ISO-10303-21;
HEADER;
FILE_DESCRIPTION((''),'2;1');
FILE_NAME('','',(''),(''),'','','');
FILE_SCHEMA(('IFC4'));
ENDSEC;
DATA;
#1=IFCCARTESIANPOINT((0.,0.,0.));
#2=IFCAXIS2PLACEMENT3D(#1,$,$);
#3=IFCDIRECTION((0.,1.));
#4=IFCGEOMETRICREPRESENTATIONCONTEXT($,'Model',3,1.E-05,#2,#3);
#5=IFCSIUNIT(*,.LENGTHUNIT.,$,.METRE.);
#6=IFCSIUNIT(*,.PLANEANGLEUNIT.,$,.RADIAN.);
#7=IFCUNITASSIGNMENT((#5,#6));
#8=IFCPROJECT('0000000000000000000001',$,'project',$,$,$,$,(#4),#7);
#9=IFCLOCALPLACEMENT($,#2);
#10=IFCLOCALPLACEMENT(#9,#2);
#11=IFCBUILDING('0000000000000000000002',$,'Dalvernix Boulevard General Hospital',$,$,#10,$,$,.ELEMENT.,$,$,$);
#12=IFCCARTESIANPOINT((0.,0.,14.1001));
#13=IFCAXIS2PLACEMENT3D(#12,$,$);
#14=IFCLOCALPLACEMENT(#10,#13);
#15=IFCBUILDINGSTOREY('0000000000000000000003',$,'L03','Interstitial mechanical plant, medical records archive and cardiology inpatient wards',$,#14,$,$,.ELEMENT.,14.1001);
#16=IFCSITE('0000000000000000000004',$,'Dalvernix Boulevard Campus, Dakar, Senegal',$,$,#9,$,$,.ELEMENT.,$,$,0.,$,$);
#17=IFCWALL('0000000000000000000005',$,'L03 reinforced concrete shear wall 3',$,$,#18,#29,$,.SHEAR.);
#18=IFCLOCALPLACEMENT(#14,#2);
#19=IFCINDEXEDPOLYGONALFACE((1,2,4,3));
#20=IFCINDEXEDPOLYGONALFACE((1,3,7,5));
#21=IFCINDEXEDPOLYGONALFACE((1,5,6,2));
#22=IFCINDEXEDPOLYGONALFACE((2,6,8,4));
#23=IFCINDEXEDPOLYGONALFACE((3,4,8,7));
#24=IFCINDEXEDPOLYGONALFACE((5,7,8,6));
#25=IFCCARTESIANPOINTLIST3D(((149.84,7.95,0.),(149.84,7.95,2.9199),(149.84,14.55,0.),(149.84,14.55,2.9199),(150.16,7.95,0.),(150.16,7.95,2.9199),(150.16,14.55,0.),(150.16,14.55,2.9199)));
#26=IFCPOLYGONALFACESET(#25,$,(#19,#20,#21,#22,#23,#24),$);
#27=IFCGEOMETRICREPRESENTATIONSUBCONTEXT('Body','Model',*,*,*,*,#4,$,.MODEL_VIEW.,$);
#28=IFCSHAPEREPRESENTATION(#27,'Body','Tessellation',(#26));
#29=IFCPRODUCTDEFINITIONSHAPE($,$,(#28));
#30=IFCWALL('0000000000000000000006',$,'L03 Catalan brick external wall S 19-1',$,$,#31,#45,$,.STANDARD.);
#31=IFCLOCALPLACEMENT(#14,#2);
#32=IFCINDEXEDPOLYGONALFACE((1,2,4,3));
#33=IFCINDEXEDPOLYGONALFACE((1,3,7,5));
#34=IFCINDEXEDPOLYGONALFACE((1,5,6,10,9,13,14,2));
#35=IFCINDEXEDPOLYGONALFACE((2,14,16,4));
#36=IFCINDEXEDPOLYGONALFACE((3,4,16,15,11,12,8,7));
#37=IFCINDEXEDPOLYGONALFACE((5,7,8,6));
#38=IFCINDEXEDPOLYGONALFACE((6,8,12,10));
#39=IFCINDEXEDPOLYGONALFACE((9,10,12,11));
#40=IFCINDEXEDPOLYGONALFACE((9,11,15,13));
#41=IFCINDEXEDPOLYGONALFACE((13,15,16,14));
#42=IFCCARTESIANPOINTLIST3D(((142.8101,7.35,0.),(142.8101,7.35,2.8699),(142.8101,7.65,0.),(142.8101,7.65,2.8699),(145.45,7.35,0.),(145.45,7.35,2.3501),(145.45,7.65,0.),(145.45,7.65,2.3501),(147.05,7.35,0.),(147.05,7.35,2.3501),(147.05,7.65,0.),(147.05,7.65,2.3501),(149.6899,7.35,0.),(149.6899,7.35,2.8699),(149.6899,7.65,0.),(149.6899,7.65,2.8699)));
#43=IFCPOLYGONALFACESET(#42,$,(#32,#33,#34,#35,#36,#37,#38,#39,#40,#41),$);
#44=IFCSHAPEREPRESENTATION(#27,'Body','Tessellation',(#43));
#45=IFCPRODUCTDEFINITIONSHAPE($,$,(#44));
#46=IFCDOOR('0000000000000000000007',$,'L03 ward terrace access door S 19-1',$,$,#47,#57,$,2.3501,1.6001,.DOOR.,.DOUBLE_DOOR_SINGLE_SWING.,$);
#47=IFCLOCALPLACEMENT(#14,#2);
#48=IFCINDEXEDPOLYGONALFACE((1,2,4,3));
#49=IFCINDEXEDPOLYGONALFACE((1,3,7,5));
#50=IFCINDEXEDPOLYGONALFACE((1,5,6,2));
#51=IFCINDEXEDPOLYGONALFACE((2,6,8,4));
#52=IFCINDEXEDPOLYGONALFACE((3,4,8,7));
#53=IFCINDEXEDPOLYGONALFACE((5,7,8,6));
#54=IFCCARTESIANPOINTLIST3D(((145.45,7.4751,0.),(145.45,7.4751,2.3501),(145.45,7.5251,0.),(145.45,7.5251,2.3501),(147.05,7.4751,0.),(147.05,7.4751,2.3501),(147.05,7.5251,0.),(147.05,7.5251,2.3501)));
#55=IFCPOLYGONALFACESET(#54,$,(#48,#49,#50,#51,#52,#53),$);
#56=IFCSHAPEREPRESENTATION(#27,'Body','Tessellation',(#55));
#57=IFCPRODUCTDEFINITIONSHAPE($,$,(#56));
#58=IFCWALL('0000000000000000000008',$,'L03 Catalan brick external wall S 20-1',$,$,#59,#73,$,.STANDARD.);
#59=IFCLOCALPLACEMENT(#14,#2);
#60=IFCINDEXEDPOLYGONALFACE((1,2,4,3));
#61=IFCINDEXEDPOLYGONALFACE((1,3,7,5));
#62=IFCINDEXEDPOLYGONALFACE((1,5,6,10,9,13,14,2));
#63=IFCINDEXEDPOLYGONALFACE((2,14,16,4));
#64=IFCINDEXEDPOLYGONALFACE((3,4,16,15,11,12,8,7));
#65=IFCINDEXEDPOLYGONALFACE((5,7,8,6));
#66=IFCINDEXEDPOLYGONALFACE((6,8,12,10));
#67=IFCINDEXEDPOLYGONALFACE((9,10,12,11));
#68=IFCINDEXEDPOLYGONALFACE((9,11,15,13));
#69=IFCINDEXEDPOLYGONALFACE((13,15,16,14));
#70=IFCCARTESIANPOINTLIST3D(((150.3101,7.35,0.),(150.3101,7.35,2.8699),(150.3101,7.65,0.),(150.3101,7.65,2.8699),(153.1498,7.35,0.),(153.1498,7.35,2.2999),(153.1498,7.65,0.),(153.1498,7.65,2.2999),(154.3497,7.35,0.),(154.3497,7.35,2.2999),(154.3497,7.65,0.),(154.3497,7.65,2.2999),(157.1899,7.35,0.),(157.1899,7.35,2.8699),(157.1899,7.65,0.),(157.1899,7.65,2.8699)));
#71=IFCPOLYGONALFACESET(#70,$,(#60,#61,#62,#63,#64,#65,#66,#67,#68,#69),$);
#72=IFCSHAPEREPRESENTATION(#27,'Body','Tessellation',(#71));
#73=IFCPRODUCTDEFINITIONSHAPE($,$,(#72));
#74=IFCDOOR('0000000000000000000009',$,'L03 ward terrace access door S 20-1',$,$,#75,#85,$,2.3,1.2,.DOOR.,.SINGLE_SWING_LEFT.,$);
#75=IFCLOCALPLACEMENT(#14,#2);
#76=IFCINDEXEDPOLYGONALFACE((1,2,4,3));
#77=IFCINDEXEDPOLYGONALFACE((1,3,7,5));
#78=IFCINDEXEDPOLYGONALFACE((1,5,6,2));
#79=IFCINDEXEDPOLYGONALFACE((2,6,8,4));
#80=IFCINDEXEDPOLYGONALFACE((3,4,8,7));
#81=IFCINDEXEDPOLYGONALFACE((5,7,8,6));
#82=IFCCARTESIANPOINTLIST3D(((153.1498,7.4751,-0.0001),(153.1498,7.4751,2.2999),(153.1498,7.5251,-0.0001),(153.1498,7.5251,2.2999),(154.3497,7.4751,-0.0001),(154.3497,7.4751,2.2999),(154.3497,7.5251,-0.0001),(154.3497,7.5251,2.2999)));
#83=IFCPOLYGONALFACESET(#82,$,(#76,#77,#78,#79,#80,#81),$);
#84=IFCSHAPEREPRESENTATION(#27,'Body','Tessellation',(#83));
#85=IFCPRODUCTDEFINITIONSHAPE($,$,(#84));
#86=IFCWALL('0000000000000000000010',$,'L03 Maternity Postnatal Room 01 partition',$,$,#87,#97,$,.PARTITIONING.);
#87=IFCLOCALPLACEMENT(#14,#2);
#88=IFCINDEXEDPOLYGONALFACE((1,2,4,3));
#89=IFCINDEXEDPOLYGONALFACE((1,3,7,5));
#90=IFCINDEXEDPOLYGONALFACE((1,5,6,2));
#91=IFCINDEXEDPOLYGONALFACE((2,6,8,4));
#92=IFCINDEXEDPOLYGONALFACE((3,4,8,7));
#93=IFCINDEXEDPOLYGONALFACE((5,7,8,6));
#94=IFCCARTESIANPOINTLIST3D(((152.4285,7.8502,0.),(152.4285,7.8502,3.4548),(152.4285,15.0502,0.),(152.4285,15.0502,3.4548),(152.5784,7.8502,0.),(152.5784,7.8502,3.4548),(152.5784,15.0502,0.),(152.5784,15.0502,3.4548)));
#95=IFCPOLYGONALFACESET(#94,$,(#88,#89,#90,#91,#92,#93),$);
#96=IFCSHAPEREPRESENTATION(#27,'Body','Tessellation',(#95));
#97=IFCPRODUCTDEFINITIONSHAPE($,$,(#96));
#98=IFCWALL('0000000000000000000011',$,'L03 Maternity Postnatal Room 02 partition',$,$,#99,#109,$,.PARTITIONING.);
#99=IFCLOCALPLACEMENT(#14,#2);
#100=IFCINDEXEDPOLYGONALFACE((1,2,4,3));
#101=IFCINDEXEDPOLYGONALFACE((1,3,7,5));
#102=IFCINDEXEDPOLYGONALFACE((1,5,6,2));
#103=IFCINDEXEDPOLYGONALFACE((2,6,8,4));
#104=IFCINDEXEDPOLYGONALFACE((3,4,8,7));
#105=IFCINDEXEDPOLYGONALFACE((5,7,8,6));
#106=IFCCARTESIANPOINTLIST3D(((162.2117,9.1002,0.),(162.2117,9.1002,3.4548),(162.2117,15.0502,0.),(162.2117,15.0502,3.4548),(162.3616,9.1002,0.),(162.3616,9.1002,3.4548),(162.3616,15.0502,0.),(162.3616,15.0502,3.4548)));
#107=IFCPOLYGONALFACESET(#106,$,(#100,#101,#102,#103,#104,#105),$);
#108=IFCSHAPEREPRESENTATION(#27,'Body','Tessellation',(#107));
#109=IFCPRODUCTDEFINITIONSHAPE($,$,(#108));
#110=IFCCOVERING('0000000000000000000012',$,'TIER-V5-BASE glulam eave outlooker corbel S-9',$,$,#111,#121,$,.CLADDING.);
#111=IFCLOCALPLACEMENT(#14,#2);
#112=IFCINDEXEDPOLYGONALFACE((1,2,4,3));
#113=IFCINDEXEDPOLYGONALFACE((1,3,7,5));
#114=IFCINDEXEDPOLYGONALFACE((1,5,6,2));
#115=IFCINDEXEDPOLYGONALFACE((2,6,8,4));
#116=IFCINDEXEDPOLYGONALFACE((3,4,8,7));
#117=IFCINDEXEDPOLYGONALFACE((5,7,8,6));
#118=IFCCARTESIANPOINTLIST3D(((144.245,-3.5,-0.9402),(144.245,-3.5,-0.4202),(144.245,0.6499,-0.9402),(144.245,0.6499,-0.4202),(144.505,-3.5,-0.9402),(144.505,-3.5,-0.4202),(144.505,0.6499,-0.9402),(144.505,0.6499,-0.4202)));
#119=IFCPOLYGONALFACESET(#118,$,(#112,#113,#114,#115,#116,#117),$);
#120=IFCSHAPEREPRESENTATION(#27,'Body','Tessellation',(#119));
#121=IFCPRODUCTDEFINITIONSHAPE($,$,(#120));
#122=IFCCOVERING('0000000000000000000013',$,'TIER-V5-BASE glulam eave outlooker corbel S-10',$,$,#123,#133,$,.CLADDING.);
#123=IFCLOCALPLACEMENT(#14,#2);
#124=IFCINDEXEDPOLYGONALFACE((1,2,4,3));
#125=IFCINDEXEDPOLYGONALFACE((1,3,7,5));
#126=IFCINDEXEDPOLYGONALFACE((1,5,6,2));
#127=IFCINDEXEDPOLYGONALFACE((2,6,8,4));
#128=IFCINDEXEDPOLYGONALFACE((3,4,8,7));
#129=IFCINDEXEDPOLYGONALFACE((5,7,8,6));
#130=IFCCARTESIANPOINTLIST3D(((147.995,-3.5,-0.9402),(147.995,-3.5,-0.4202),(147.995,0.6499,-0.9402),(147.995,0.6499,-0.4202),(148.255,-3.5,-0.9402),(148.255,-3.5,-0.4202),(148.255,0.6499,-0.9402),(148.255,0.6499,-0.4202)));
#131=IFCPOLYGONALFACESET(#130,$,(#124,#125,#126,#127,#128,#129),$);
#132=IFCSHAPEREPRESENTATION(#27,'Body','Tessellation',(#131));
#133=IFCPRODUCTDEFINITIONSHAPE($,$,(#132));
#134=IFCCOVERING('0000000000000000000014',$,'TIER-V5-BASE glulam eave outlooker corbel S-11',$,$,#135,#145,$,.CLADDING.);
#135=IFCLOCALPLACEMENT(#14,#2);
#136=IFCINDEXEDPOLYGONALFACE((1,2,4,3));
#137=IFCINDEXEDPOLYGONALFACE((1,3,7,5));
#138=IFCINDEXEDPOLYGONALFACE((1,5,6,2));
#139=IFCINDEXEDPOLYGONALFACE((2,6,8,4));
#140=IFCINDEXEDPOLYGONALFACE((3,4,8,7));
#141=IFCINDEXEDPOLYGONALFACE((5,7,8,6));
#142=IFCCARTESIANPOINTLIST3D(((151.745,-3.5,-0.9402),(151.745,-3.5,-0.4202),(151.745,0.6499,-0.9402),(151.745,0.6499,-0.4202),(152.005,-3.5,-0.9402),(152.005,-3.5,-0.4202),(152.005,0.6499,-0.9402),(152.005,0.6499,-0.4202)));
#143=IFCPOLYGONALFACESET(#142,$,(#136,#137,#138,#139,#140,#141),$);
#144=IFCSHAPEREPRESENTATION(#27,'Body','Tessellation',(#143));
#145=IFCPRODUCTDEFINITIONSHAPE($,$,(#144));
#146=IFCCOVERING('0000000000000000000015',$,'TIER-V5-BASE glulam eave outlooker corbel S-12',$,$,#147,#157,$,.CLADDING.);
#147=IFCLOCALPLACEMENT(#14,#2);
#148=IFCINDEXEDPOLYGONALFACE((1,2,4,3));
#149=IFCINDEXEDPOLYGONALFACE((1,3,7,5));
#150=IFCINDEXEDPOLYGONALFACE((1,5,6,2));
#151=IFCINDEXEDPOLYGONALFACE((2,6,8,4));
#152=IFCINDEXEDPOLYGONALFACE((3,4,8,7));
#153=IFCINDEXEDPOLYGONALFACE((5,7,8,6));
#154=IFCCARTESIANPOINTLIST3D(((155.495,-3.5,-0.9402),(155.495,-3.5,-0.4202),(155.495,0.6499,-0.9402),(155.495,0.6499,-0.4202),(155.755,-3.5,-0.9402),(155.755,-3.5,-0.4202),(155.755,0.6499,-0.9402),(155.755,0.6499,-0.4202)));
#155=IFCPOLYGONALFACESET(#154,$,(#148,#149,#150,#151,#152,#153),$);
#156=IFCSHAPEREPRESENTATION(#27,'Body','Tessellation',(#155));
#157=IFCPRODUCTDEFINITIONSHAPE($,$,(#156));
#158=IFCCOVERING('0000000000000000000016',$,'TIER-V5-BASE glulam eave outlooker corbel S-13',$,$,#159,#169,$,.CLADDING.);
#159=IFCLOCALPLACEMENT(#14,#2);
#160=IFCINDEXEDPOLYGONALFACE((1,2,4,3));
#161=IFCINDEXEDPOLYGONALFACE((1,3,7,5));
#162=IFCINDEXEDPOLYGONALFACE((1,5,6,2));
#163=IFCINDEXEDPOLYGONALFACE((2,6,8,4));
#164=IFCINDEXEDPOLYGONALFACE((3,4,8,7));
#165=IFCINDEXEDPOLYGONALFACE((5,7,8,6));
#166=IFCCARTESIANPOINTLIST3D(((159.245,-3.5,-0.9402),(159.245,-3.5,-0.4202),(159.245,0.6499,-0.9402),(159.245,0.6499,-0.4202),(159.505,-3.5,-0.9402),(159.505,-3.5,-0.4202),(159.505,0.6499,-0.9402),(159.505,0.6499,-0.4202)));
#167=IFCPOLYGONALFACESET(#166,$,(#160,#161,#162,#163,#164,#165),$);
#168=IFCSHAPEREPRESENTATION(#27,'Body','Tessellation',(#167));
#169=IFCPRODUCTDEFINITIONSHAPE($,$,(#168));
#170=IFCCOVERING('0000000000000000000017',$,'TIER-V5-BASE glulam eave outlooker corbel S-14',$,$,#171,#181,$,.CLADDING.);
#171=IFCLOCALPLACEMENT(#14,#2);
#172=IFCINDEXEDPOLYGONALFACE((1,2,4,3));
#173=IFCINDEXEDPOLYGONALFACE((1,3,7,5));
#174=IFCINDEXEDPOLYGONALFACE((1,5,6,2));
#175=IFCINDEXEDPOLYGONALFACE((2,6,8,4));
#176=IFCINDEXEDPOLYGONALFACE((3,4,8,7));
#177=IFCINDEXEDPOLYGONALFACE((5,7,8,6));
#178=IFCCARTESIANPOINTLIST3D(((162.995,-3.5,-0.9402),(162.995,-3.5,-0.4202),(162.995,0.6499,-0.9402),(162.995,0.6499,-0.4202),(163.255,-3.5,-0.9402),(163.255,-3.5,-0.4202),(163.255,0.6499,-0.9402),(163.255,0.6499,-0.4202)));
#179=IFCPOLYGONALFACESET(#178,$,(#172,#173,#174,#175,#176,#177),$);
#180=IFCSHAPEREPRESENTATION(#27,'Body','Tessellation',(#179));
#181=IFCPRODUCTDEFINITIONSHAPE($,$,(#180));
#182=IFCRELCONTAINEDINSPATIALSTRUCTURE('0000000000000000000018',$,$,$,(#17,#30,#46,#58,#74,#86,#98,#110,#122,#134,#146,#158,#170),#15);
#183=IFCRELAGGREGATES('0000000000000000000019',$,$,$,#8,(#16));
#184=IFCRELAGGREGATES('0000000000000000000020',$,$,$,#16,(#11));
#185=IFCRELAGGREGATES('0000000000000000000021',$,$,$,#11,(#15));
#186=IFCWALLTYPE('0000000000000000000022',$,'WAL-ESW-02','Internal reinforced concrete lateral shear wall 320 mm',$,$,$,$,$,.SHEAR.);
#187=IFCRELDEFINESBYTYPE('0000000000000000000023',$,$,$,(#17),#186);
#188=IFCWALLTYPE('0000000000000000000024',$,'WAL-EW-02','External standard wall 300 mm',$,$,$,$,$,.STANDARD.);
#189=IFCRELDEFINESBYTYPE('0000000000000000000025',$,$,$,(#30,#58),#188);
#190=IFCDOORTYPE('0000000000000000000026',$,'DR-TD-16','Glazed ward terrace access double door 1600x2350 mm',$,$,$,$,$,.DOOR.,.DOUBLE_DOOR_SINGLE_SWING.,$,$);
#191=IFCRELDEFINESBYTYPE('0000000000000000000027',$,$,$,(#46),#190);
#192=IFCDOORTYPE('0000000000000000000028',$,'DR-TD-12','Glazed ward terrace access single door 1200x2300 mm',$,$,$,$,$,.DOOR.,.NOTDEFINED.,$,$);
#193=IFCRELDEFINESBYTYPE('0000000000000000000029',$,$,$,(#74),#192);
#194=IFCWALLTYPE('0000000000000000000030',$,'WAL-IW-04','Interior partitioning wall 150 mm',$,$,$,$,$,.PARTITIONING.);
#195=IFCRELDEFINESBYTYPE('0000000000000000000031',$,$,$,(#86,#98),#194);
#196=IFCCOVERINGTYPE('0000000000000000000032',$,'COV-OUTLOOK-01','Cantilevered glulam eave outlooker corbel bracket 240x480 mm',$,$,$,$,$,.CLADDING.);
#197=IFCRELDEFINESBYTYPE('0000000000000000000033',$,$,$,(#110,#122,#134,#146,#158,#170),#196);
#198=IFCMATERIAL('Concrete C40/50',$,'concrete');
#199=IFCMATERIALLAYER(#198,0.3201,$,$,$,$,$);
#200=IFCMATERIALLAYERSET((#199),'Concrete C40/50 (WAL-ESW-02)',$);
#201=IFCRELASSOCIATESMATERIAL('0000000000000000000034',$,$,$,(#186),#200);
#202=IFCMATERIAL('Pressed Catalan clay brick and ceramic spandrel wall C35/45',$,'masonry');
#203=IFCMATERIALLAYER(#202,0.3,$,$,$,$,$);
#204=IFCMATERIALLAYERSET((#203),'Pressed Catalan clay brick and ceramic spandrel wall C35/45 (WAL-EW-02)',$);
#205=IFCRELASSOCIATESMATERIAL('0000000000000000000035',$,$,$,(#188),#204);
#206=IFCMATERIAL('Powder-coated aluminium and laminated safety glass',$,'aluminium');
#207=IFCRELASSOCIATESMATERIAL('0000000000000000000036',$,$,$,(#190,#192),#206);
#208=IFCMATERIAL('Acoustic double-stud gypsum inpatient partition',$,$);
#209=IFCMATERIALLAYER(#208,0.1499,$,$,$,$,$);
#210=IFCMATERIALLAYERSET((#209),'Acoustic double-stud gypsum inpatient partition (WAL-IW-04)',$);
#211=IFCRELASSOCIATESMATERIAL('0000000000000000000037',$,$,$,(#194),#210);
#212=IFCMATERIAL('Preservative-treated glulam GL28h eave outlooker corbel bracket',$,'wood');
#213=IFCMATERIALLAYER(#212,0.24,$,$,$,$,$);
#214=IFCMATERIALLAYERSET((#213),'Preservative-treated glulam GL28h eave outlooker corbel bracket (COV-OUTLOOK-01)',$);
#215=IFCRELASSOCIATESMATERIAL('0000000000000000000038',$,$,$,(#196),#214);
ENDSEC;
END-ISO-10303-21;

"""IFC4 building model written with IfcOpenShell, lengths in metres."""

from ifc_helpers import new_model, si_unit, direction, frame, frame_2d, origin, origin_2d, place, context, subcontext, project, spatial, rectangle, extrude, material, layer, layer_set, type_object, element, fill, save


model = new_model("IFC4")

# Units and contexts
model_context = context("Model", 3, precision=1e-05, world=origin(), true_north=direction((0.0, 1.0)))
body_context = subcontext(model_context, "Body", "Model", "MODEL_VIEW")
ifc_project = project(units=[si_unit("LENGTHUNIT", "METRE"), si_unit("PLANEANGLEUNIT", "RADIAN")], contexts=[model_context])

# Site, building, storey
site_placement = place(None, origin())
site = spatial("IfcSite", under=ifc_project, at=site_placement, Name="Dalvernix Boulevard Campus, Dakar, Senegal", CompositionType="ELEMENT", RefElevation=0.0)
building_placement = place(site_placement, origin())
building = spatial("IfcBuilding", under=site, at=building_placement, Name="Dalvernix Boulevard General Hospital", CompositionType="ELEMENT")
storey_placement = place(building_placement, frame((0.0, 0.0, 14.1001)))
storey = spatial("IfcBuildingStorey", under=building, at=storey_placement, Name="L03", Description="Interstitial mechanical plant, medical records archive and cardiology inpatient wards", CompositionType="ELEMENT", Elevation=14.1001)

# Shared definitions
ifc_material_1 = material(Name="Concrete C40/50", Category="concrete")

# Wall
ifc_layer_1 = layer(ifc_material_1, 0.3201)
ifc_layer_set_1 = layer_set([ifc_layer_1], Name="Concrete C40/50 (WAL-ESW-02)")
wall_type_1 = type_object("IfcWallType", Name="WAL-ESW-02", Description="Internal reinforced concrete lateral shear wall 320 mm", PredefinedType="SHEAR", material=ifc_layer_set_1)
wall_1_placement = place(storey_placement, frame((150.0, 7.95, 0.0), z_axis=(0.0, 0.0, 1.0), x_axis=(0.0, 1.0, 0.0)))
element("IfcWall", 1, at=wall_1_placement, inside=storey, type_object=wall_type_1, Name="L03 reinforced concrete shear wall 3", PredefinedType="SHEAR", context=body_context, shape_type="SweptSolid", body=[
    extrude(rectangle(XDim=6.6001, YDim=0.3201, at=frame_2d((3.3, 0.0))), origin(), (0.0, 0.0, 1.0), 2.9199),
])

# Walls, openings, doors
ifc_material_2 = material(Name="Pressed Catalan clay brick and ceramic spandrel wall C35/45", Category="masonry")
ifc_layer_2 = layer(ifc_material_2, 0.3)
ifc_layer_set_2 = layer_set([ifc_layer_2], Name="Pressed Catalan clay brick and ceramic spandrel wall C35/45 (WAL-EW-02)")
wall_type_2 = type_object("IfcWallType", Name="WAL-EW-02", Description="External standard wall 300 mm", PredefinedType="STANDARD", material=ifc_layer_set_2)
wall_2_placement = place(storey_placement, frame((149.6899, 7.5, 0.0), z_axis=(0.0, 0.0, 1.0), x_axis=(-1.0, 0.0, 0.0)))
wall_2 = element("IfcWall", 2, at=wall_2_placement, inside=storey, type_object=wall_type_2, Name="L03 Catalan brick external wall S 19-1", PredefinedType="STANDARD", context=body_context, shape_type="SweptSolid", body=[
    extrude(rectangle(XDim=6.8799, YDim=0.3, at=frame_2d((3.4399, 0.0))), origin(), (0.0, 0.0, 1.0), 2.8699),
])
opening_1_placement = place(wall_2_placement, frame((2.6399, 0.0, 0.0)))
opening_1 = element("IfcOpeningElement", 3, at=opening_1_placement, cuts=wall_2, PredefinedType="OPENING", context=body_context, shape_type="SweptSolid", body=[
    extrude(rectangle(XDim=1.6001, YDim=2.3501, at=frame_2d((0.8, 1.175))), frame((0.0, 0.1599, 0.0), z_axis=(0.0, -1.0, 0.0), x_axis=(1.0, 0.0, 0.0)), (0.0, 0.0, 1.0), 0.3201),
])
ifc_material_3 = material(Name="Powder-coated aluminium and laminated safety glass", Category="aluminium")
door_type_1 = type_object("IfcDoorType", Name="DR-TD-16", Description="Glazed ward terrace access double door 1600x2350 mm", OperationType="DOUBLE_DOOR_SINGLE_SWING", PredefinedType="DOOR", material=ifc_material_3)
door_1_placement = place(opening_1_placement, origin())
door_1 = element("IfcDoor", 4, at=door_1_placement, inside=storey, type_object=door_type_1, Name="L03 ward terrace access door S 19-1", OperationType="DOUBLE_DOOR_SINGLE_SWING", OverallHeight=2.3501, OverallWidth=1.6001, PredefinedType="DOOR", context=body_context, shape_type="SweptSolid", body=[
    extrude(rectangle(XDim=1.6001, YDim=2.3501, at=frame_2d((0.8, 1.175))), frame((0.0, 0.0249, 0.0), z_axis=(0.0, -1.0, 0.0), x_axis=(1.0, 0.0, 0.0)), (0.0, 0.0, 1.0), 0.05),
])
fill(opening_1, door_1)
wall_3_placement = place(storey_placement, frame((157.1899, 7.5, 0.0), z_axis=(0.0, 0.0, 1.0), x_axis=(-1.0, 0.0, 0.0)))
wall_3 = element("IfcWall", 5, at=wall_3_placement, inside=storey, type_object=wall_type_2, Name="L03 Catalan brick external wall S 20-1", PredefinedType="STANDARD", context=body_context, shape_type="SweptSolid", body=[
    extrude(rectangle(XDim=6.8799, YDim=0.3, at=frame_2d((3.4399, 0.0))), origin(), (0.0, 0.0, 1.0), 2.8699),
])
opening_2_placement = place(wall_3_placement, frame((2.8401, 0.0, 0.0)))
opening_2 = element("IfcOpeningElement", 6, at=opening_2_placement, cuts=wall_3, PredefinedType="OPENING", context=body_context, shape_type="SweptSolid", body=[
    extrude(rectangle(XDim=1.2, YDim=2.3, at=frame_2d((0.6001, 1.1499))), frame((0.0, 0.1599, 0.0), z_axis=(0.0, -1.0, 0.0), x_axis=(1.0, 0.0, 0.0)), (0.0, 0.0, 1.0), 0.3201),
])
door_type_2 = type_object("IfcDoorType", Name="DR-TD-12", Description="Glazed ward terrace access single door 1200x2300 mm", OperationType="NOTDEFINED", PredefinedType="DOOR", material=ifc_material_3)
door_2_placement = place(opening_2_placement, origin())
door_2 = element("IfcDoor", 7, at=door_2_placement, inside=storey, type_object=door_type_2, Name="L03 ward terrace access door S 20-1", OperationType="SINGLE_SWING_LEFT", OverallHeight=2.3, OverallWidth=1.2, PredefinedType="DOOR", context=body_context, shape_type="SweptSolid", body=[
    extrude(rectangle(XDim=1.2, YDim=2.3, at=frame_2d((0.6001, 1.1499))), frame((0.0, 0.0249, 0.0), z_axis=(0.0, -1.0, 0.0), x_axis=(1.0, 0.0, 0.0)), (0.0, 0.0, 1.0), 0.05),
])
fill(opening_2, door_2)

# Walls
ifc_material_4 = material(Name="Acoustic double-stud gypsum inpatient partition")
ifc_layer_3 = layer(ifc_material_4, 0.1499)
ifc_layer_set_3 = layer_set([ifc_layer_3], Name="Acoustic double-stud gypsum inpatient partition (WAL-IW-04)")
wall_type_3 = type_object("IfcWallType", Name="WAL-IW-04", Description="Interior partitioning wall 150 mm", PredefinedType="PARTITIONING", material=ifc_layer_set_3)
wall_4_placement = place(storey_placement, frame((152.5034, 7.8501, 0.0), z_axis=(0.0, 0.0, 1.0), x_axis=(0.0, 1.0, 0.0)))
element("IfcWall", 8, at=wall_4_placement, inside=storey, type_object=wall_type_3, Name="L03 Maternity Postnatal Room 01 partition", PredefinedType="PARTITIONING", context=body_context, shape_type="SweptSolid", body=[
    extrude(rectangle(XDim=7.2, YDim=0.1499, at=frame_2d((3.6001, 0.0))), origin(), (0.0, 0.0, 1.0), 3.4548),
])
wall_5_placement = place(storey_placement, frame((162.2866, 9.1001, 0.0), z_axis=(0.0, 0.0, 1.0), x_axis=(0.0, 1.0, 0.0)))
element("IfcWall", 9, at=wall_5_placement, inside=storey, type_object=wall_type_3, Name="L03 Maternity Postnatal Room 02 partition", PredefinedType="PARTITIONING", context=body_context, shape_type="SweptSolid", body=[
    extrude(rectangle(XDim=5.95, YDim=0.1499, at=frame_2d((2.9751, 0.0))), origin(), (0.0, 0.0, 1.0), 3.4548),
])

# Coverings
ifc_material_5 = material(Name="Preservative-treated glulam GL28h eave outlooker corbel bracket", Category="wood")
ifc_layer_4 = layer(ifc_material_5, 0.24)
ifc_layer_set_4 = layer_set([ifc_layer_4], Name="Preservative-treated glulam GL28h eave outlooker corbel bracket (COV-OUTLOOK-01)")
covering_type = type_object("IfcCoveringType", Name="COV-OUTLOOK-01", Description="Cantilevered glulam eave outlooker corbel bracket 240x480 mm", PredefinedType="CLADDING", material=ifc_layer_set_4)
for number, where, z_axis, x_axis, name in (
    (10, (144.375, -1.425, -0.9402), (0.0, 0.0, 1.0), (1.0, 0.0, 0.0), "TIER-V5-BASE glulam eave outlooker corbel S-9"),
    (11, (148.125, -1.425, -0.9402), (0.0, 0.0, 1.0), (1.0, 0.0, 0.0), "TIER-V5-BASE glulam eave outlooker corbel S-10"),
    (12, (151.875, -1.425, -0.9402), (0.0, 0.0, 1.0), (1.0, 0.0, 0.0), "TIER-V5-BASE glulam eave outlooker corbel S-11"),
    (13, (155.625, -1.425, -0.9402), (0.0, 0.0, 1.0), (1.0, 0.0, 0.0), "TIER-V5-BASE glulam eave outlooker corbel S-12"),
    (14, (159.375, -1.425, -0.9402), (0.0, 0.0, 1.0), (1.0, 0.0, 0.0), "TIER-V5-BASE glulam eave outlooker corbel S-13"),
    (15, (163.125, -1.425, -0.9402), (0.0, 0.0, 1.0), (1.0, 0.0, 0.0), "TIER-V5-BASE glulam eave outlooker corbel S-14"),
):
    element("IfcCovering", number, at=place(storey_placement, frame(where, z_axis=z_axis, x_axis=x_axis)), inside=storey, type_object=covering_type, Name=name, PredefinedType="CLADDING", context=body_context, shape_type="SweptSolid", body=[
        extrude(rectangle(XDim=0.26, YDim=4.1499, at=origin_2d()), origin(), (0.0, 0.0, 1.0), 0.52),
    ])

save(model, "model.ifc")
